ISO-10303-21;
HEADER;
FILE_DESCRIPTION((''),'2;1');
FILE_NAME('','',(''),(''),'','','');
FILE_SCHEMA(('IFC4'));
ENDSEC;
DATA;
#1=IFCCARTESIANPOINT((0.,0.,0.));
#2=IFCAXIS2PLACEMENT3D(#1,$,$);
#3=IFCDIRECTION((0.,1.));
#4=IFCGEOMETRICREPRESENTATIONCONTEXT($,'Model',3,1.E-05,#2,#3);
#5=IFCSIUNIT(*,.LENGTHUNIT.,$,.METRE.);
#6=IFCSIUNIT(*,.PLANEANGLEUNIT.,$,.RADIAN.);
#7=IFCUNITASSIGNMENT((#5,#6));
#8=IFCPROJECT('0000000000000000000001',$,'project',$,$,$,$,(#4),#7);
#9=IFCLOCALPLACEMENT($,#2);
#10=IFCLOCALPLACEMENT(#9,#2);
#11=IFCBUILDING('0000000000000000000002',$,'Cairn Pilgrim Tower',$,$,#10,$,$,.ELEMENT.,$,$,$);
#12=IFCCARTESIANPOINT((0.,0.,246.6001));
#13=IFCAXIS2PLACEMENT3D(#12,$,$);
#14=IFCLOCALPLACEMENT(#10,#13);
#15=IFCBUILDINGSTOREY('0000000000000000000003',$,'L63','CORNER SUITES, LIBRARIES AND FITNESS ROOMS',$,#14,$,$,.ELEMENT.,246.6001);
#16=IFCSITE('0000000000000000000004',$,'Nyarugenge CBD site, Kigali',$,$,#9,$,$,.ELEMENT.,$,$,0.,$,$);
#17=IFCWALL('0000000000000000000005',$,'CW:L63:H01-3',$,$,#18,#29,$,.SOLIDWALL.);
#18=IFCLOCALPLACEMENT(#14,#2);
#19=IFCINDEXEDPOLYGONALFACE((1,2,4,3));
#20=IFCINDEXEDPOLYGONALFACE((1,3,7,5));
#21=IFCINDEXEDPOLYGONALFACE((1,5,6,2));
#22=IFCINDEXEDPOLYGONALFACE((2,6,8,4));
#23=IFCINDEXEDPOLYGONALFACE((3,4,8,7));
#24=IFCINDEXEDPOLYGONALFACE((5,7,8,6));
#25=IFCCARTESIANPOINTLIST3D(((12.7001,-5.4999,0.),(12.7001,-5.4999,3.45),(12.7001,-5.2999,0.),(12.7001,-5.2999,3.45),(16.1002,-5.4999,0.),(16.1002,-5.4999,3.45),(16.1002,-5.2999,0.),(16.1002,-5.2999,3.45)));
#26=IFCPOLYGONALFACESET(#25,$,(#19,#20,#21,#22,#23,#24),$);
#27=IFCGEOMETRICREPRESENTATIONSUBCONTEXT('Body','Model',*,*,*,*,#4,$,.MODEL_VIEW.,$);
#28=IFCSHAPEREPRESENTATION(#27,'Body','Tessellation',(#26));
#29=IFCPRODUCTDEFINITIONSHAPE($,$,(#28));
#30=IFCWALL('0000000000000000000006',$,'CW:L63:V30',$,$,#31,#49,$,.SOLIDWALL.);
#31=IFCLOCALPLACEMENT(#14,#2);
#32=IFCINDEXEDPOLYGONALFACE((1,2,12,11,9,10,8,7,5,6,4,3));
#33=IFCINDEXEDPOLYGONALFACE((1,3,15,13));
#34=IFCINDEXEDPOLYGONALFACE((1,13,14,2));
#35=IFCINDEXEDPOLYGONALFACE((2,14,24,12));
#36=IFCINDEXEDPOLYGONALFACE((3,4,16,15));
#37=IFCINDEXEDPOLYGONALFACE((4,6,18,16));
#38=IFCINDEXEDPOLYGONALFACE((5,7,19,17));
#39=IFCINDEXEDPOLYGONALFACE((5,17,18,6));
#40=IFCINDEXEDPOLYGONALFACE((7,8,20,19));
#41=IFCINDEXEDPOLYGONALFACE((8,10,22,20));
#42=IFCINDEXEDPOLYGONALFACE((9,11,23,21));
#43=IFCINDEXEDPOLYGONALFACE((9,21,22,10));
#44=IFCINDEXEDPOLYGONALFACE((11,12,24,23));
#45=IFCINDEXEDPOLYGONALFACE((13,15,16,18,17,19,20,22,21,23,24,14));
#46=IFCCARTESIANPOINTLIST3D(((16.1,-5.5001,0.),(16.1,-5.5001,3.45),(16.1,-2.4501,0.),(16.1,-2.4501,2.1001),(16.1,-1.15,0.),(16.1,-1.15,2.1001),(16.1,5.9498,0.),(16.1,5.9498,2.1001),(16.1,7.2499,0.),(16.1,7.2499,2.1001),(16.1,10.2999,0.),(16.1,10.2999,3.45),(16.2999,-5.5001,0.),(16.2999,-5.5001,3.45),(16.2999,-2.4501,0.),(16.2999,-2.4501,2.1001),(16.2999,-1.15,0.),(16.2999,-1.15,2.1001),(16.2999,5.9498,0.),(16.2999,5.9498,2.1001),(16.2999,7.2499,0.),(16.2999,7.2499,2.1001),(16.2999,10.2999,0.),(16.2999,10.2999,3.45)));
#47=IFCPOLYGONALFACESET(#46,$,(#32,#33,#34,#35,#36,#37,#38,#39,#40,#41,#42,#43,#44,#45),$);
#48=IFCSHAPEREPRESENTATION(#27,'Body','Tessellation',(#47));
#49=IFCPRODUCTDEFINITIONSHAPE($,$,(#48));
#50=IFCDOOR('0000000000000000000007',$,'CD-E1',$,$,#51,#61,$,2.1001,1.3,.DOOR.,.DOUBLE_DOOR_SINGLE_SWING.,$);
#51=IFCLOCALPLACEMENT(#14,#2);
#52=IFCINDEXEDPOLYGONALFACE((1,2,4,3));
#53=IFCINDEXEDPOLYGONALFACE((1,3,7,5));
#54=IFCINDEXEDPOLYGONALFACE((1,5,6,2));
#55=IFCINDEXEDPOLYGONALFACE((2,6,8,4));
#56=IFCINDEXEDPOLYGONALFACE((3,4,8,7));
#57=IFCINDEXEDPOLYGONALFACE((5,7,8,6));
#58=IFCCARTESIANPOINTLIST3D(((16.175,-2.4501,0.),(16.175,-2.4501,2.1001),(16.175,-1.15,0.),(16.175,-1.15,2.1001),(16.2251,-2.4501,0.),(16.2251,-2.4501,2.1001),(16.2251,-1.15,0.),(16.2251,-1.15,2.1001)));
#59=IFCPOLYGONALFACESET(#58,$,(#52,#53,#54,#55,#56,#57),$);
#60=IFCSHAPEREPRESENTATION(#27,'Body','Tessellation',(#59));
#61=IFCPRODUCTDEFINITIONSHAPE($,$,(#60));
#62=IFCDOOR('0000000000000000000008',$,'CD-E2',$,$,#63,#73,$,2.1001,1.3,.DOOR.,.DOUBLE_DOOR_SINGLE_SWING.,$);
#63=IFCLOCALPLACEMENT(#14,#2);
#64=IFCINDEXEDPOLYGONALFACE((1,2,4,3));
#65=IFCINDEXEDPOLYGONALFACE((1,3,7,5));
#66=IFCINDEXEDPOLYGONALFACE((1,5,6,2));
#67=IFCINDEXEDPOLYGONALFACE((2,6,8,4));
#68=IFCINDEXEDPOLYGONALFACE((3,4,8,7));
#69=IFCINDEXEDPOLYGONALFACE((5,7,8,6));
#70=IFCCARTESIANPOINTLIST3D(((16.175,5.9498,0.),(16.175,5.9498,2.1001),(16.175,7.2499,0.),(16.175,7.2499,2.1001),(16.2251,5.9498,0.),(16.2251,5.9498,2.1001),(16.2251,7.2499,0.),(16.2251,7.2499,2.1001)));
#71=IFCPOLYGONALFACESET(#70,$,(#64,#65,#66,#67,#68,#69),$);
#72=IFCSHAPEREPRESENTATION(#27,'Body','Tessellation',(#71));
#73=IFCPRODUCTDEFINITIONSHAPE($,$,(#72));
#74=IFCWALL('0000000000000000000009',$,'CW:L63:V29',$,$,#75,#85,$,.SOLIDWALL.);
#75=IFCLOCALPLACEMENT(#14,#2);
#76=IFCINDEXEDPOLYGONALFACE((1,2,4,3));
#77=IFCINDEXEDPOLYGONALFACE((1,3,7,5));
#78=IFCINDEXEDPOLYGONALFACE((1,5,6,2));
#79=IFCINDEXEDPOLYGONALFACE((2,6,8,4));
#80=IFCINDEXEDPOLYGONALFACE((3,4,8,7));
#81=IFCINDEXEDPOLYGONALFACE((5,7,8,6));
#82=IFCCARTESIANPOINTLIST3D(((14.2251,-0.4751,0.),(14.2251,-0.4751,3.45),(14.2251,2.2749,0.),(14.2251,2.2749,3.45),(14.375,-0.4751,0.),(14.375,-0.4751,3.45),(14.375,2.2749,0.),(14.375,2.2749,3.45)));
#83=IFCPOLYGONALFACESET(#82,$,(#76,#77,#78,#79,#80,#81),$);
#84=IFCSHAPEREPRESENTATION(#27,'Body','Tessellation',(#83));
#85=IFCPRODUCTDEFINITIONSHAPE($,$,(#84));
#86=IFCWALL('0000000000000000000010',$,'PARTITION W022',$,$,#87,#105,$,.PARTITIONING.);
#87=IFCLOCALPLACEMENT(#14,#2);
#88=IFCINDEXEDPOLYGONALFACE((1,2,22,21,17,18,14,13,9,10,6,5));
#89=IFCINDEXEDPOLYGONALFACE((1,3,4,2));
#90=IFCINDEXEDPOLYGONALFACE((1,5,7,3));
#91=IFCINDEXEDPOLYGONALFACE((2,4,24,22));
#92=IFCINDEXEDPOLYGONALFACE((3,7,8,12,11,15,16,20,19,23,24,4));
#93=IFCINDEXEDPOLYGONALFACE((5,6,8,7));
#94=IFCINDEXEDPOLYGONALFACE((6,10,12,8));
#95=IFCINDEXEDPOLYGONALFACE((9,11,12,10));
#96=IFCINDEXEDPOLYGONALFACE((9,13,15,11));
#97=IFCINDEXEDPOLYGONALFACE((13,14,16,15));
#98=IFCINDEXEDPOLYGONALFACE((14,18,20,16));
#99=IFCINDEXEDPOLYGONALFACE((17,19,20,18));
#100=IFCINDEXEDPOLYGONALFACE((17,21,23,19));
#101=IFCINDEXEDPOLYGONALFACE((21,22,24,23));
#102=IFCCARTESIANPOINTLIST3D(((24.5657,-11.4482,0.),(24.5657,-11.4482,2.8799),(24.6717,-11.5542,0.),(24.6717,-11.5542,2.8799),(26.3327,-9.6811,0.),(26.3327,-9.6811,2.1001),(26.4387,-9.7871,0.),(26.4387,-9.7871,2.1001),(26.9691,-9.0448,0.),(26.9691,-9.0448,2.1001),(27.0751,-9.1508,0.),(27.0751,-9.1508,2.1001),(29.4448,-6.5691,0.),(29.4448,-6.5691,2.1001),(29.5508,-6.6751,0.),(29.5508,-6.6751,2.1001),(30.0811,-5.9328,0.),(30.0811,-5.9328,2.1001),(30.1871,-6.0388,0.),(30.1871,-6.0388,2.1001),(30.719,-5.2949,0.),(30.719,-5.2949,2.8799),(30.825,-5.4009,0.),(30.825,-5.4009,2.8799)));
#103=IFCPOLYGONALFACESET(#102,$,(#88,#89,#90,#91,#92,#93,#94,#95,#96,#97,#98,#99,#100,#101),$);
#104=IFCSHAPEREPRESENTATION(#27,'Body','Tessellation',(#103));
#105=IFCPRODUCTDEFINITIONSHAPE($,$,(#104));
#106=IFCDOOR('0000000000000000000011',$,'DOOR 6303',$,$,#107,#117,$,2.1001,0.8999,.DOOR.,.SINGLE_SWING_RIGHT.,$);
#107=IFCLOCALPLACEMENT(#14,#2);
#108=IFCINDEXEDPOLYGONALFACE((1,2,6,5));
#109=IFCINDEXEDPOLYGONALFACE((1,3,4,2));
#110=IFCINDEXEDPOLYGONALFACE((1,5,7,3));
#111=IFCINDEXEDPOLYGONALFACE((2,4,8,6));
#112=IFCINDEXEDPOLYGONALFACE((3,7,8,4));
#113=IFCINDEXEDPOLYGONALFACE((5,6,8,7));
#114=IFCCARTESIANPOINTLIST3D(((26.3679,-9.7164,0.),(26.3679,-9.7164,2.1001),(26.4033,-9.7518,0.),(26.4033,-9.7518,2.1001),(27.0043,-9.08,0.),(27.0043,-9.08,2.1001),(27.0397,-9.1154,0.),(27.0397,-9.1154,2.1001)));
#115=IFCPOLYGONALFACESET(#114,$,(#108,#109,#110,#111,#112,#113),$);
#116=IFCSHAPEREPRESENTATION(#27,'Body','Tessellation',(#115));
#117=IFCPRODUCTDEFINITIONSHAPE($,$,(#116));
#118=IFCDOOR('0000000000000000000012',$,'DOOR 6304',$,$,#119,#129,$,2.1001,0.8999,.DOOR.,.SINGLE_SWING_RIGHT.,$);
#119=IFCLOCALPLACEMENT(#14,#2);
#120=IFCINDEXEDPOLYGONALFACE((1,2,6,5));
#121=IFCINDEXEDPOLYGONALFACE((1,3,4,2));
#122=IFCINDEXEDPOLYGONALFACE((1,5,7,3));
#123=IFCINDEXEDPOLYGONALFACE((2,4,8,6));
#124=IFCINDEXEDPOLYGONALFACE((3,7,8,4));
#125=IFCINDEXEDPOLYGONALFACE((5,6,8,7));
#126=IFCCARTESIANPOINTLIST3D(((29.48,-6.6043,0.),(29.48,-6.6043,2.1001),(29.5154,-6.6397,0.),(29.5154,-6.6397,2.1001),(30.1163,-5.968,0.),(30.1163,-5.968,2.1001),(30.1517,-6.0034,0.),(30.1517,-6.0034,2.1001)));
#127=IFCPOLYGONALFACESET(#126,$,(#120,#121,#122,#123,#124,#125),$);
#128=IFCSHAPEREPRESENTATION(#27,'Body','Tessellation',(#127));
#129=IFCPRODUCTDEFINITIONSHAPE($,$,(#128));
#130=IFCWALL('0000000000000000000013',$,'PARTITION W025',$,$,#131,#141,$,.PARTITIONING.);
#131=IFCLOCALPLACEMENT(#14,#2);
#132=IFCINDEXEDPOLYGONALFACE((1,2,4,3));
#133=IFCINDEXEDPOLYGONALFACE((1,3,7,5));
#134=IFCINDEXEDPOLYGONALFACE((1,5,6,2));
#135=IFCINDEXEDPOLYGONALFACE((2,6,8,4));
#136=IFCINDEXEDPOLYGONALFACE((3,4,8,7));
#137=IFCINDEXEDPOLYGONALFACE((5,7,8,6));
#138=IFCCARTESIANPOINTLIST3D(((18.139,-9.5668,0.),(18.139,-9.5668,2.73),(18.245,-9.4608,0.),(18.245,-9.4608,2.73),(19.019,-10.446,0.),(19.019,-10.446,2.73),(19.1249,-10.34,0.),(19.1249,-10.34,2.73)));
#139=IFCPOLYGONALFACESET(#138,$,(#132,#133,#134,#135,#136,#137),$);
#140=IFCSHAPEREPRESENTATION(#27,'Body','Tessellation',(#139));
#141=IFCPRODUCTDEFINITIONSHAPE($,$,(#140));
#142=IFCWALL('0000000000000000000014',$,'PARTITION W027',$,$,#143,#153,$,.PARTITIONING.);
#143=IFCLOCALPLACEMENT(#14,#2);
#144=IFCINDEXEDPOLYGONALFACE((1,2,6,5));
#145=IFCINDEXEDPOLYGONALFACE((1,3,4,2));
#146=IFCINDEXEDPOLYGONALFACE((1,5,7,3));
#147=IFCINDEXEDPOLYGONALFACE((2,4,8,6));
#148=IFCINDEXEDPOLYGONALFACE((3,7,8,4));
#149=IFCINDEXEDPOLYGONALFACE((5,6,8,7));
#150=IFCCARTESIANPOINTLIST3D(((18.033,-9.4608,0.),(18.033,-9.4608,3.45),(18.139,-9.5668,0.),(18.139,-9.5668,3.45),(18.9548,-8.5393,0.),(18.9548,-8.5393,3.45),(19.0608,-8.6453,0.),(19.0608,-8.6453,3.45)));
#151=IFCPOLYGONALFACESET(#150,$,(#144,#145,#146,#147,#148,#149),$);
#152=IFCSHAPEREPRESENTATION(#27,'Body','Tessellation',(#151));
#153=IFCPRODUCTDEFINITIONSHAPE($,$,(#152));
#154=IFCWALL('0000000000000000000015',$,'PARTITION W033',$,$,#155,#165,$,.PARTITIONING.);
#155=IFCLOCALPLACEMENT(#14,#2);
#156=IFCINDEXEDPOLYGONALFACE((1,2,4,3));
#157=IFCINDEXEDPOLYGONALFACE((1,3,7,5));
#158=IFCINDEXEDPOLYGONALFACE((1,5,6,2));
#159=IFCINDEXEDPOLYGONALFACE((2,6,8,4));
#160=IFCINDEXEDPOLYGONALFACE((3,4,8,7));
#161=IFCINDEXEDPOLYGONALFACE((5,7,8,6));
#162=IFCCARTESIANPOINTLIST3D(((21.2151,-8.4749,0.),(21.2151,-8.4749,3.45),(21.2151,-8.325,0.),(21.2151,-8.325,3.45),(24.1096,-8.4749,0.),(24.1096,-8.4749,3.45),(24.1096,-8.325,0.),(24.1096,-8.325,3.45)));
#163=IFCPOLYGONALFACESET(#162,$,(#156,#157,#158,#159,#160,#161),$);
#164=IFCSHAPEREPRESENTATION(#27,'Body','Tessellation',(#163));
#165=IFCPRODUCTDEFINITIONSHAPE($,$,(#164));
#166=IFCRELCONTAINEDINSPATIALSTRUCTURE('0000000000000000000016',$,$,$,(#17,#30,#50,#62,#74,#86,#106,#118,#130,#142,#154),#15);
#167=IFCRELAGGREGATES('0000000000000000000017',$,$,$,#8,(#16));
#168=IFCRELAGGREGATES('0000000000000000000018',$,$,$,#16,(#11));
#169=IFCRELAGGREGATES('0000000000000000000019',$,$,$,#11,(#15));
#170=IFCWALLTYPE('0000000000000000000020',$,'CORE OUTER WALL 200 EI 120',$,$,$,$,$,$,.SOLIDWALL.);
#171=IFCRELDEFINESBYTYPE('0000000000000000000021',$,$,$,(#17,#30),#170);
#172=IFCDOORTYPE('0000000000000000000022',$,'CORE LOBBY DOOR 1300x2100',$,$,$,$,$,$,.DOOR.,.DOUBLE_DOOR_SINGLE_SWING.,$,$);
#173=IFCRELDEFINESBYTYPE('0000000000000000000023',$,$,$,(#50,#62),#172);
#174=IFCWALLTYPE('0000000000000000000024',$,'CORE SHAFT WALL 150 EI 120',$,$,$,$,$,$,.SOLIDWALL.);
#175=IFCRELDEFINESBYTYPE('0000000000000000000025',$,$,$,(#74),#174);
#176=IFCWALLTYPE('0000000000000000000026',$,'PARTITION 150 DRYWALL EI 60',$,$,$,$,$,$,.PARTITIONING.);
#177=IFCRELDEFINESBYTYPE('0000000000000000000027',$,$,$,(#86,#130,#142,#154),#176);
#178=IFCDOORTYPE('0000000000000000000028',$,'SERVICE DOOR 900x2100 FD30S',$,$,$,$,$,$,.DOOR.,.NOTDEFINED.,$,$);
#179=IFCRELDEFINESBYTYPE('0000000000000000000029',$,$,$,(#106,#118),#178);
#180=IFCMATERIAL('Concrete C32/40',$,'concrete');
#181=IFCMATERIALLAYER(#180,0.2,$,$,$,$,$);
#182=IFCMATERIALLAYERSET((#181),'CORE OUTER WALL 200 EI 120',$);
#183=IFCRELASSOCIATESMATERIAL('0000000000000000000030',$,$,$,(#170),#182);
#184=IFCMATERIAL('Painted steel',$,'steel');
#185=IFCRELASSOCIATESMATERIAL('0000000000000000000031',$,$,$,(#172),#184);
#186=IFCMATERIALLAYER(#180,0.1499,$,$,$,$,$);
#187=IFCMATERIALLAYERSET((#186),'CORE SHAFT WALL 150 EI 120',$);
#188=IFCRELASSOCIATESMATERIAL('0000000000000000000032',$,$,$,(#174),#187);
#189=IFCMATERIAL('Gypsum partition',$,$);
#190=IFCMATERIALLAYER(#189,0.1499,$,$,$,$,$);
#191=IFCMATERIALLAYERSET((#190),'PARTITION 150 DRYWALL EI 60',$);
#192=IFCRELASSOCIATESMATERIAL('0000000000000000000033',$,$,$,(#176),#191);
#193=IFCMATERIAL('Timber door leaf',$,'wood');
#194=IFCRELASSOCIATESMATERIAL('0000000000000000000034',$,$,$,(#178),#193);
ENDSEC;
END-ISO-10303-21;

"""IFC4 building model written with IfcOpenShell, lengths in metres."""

from ifc_helpers import new_model, si_unit, direction, frame, frame_2d, origin, place, context, subcontext, project, spatial, rectangle, extrude, material, layer, layer_set, type_object, element, fill, save


model = new_model("IFC4")

# Units and contexts
model_context = context("Model", 3, precision=1e-05, world=origin(), true_north=direction((0.0, 1.0)))
body_context = subcontext(model_context, "Body", "Model", "MODEL_VIEW")
ifc_project = project(units=[si_unit("LENGTHUNIT", "METRE"), si_unit("PLANEANGLEUNIT", "RADIAN")], contexts=[model_context])

# Site, building, storey
site_placement = place(None, origin())
site = spatial("IfcSite", under=ifc_project, at=site_placement, Name="Nyarugenge CBD site, Kigali", CompositionType="ELEMENT", RefElevation=0.0)
building_placement = place(site_placement, origin())
building = spatial("IfcBuilding", under=site, at=building_placement, Name="Cairn Pilgrim Tower", CompositionType="ELEMENT")
storey_placement = place(building_placement, frame((0.0, 0.0, 246.6001)))
storey = spatial("IfcBuildingStorey", under=building, at=storey_placement, Name="L63", Description="CORNER SUITES, LIBRARIES AND FITNESS ROOMS", CompositionType="ELEMENT", Elevation=246.6001)

# Wall
ifc_material_1 = material(Name="Concrete C32/40", Category="concrete")
ifc_layer_1 = layer(ifc_material_1, 0.2)
ifc_layer_set_1 = layer_set([ifc_layer_1], Name="CORE OUTER WALL 200 EI 120")
wall_type_1 = type_object("IfcWallType", Name="CORE OUTER WALL 200 EI 120", PredefinedType="SOLIDWALL", material=ifc_layer_set_1)
wall_1_placement = place(storey_placement, frame((12.7, -5.3999, 0.0), z_axis=(0.0, 0.0, 1.0), x_axis=(1.0, 0.0, 0.0)))
element("IfcWall", 1, at=wall_1_placement, inside=storey, type_object=wall_type_1, Name="CW:L63:H01-3", PredefinedType="SOLIDWALL", context=body_context, shape_type="SweptSolid", body=[
    extrude(rectangle(XDim=3.4001, YDim=0.2, at=frame_2d((1.7002, 0.0))), origin(), (0.0, 0.0, 1.0), 3.45),
])

# Wall, openings, doors
wall_2_placement = place(storey_placement, frame((16.2, -5.5, 0.0), z_axis=(0.0, 0.0, 1.0), x_axis=(0.0, 1.0, 0.0)))
wall_2 = element("IfcWall", 2, at=wall_2_placement, inside=storey, type_object=wall_type_1, Name="CW:L63:V30", PredefinedType="SOLIDWALL", context=body_context, shape_type="SweptSolid", body=[
    extrude(rectangle(XDim=15.8, YDim=0.2, at=frame_2d((7.8999, 0.0))), origin(), (0.0, 0.0, 1.0), 3.45),
])
opening_1_placement = place(wall_2_placement, frame((3.05, 0.0, 0.0)))
opening_1 = element("IfcOpeningElement", 3, at=opening_1_placement, cuts=wall_2, PredefinedType="OPENING", context=body_context, shape_type="SweptSolid", body=[
    extrude(rectangle(XDim=1.3, YDim=2.1001, at=frame_2d((0.6499, 1.05))), frame((0.0, 0.1099, 0.0), z_axis=(0.0, -1.0, 0.0), x_axis=(1.0, 0.0, 0.0)), (0.0, 0.0, 1.0), 0.22),
])
opening_2_placement = place(wall_2_placement, frame((11.45, 0.0, 0.0)))
opening_2 = element("IfcOpeningElement", 4, at=opening_2_placement, cuts=wall_2, PredefinedType="OPENING", context=body_context, shape_type="SweptSolid", body=[
    extrude(rectangle(XDim=1.3, YDim=2.1001, at=frame_2d((0.6499, 1.05))), frame((0.0, 0.1099, 0.0), z_axis=(0.0, -1.0, 0.0), x_axis=(1.0, 0.0, 0.0)), (0.0, 0.0, 1.0), 0.22),
])
ifc_material_2 = material(Name="Painted steel", Category="steel")
door_type_1 = type_object("IfcDoorType", Name="CORE LOBBY DOOR 1300x2100", OperationType="DOUBLE_DOOR_SINGLE_SWING", PredefinedType="DOOR", material=ifc_material_2)
door_1_placement = place(opening_1_placement, origin())
door_1 = element("IfcDoor", 5, at=door_1_placement, inside=storey, type_object=door_type_1, Name="CD-E1", OperationType="DOUBLE_DOOR_SINGLE_SWING", OverallHeight=2.1001, OverallWidth=1.3, PredefinedType="DOOR", context=body_context, shape_type="SweptSolid", body=[
    extrude(rectangle(XDim=1.3, YDim=2.1001, at=frame_2d((0.6499, 1.05))), frame((0.0, 0.0249, 0.0), z_axis=(0.0, -1.0, 0.0), x_axis=(1.0, 0.0, 0.0)), (0.0, 0.0, 1.0), 0.05),
])
fill(opening_1, door_1)
door_2_placement = place(opening_2_placement, origin())
door_2 = element("IfcDoor", 6, at=door_2_placement, inside=storey, type_object=door_type_1, Name="CD-E2", OperationType="DOUBLE_DOOR_SINGLE_SWING", OverallHeight=2.1001, OverallWidth=1.3, PredefinedType="DOOR", context=body_context, shape_type="SweptSolid", body=[
    extrude(rectangle(XDim=1.3, YDim=2.1001, at=frame_2d((0.6499, 1.05))), frame((0.0, 0.0249, 0.0), z_axis=(0.0, -1.0, 0.0), x_axis=(1.0, 0.0, 0.0)), (0.0, 0.0, 1.0), 0.05),
])
fill(opening_2, door_2)

# Wall
ifc_layer_2 = layer(ifc_material_1, 0.1499)
ifc_layer_set_2 = layer_set([ifc_layer_2], Name="CORE SHAFT WALL 150 EI 120")
wall_type_2 = type_object("IfcWallType", Name="CORE SHAFT WALL 150 EI 120", PredefinedType="SOLIDWALL", material=ifc_layer_set_2)
wall_3_placement = place(storey_placement, frame((14.3, -0.4751, 0.0), z_axis=(0.0, 0.0, 1.0), x_axis=(0.0, 1.0, 0.0)))
element("IfcWall", 7, at=wall_3_placement, inside=storey, type_object=wall_type_2, Name="CW:L63:V29", PredefinedType="SOLIDWALL", context=body_context, shape_type="SweptSolid", body=[
    extrude(rectangle(XDim=2.75, YDim=0.1499, at=frame_2d((1.375, 0.0))), origin(), (0.0, 0.0, 1.0), 3.45),
])

# Wall, openings, doors
ifc_material_3 = material(Name="Gypsum partition")
ifc_layer_3 = layer(ifc_material_3, 0.1499)
ifc_layer_set_3 = layer_set([ifc_layer_3], Name="PARTITION 150 DRYWALL EI 60")
wall_type_3 = type_object("IfcWallType", Name="PARTITION 150 DRYWALL EI 60", PredefinedType="PARTITIONING", material=ifc_layer_set_3)
wall_4_placement = place(storey_placement, frame((24.6187, -11.5012, 0.0), z_axis=(0.0, 0.0, 1.0), x_axis=(0.707107, 0.707107, 0.0)))
wall_4 = element("IfcWall", 8, at=wall_4_placement, inside=storey, type_object=wall_type_3, Name="PARTITION W022", PredefinedType="PARTITIONING", context=body_context, shape_type="SweptSolid", body=[
    extrude(rectangle(XDim=8.7021, YDim=0.1499, at=frame_2d((4.3511, 0.0))), origin(), (0.0, 0.0, 1.0), 2.8799),
])
opening_3_placement = place(wall_4_placement, frame((2.499, 0.0, 0.0)))
opening_3 = element("IfcOpeningElement", 9, at=opening_3_placement, cuts=wall_4, PredefinedType="OPENING", context=body_context, shape_type="SweptSolid", body=[
    extrude(rectangle(XDim=0.8999, YDim=2.1001, at=frame_2d((0.45, 1.05))), frame((0.0, 0.085, 0.0), z_axis=(0.0, -1.0, 0.0), x_axis=(1.0, 0.0, 0.0)), (0.0, 0.0, 1.0), 0.1699),
])
opening_4_placement = place(wall_4_placement, frame((6.9001, 0.0, 0.0)))
opening_4 = element("IfcOpeningElement", 10, at=opening_4_placement, cuts=wall_4, PredefinedType="OPENING", context=body_context, shape_type="SweptSolid", body=[
    extrude(rectangle(XDim=0.8999, YDim=2.1001, at=frame_2d((0.45, 1.05))), frame((0.0, 0.085, 0.0), z_axis=(0.0, -1.0, 0.0), x_axis=(1.0, 0.0, 0.0)), (0.0, 0.0, 1.0), 0.1699),
])
ifc_material_4 = material(Name="Timber door leaf", Category="wood")
door_type_2 = type_object("IfcDoorType", Name="SERVICE DOOR 900x2100 FD30S", OperationType="NOTDEFINED", PredefinedType="DOOR", material=ifc_material_4)
door_3_placement = place(opening_3_placement, frame((0.8999, 0.0, 0.0), z_axis=(0.0, 0.0, 1.0), x_axis=(-1.0, 0.0, 0.0)))
door_3 = element("IfcDoor", 11, at=door_3_placement, inside=storey, type_object=door_type_2, Name="DOOR 6303", OperationType="SINGLE_SWING_RIGHT", OverallHeight=2.1001, OverallWidth=0.8999, PredefinedType="DOOR", context=body_context, shape_type="SweptSolid", body=[
    extrude(rectangle(XDim=0.8999, YDim=2.1001, at=frame_2d((0.45, 1.05))), frame((0.0, 0.0249, 0.0), z_axis=(0.0, -1.0, 0.0), x_axis=(1.0, 0.0, 0.0)), (0.0, 0.0, 1.0), 0.05),
])
fill(opening_3, door_3)
door_4_placement = place(opening_4_placement, frame((0.8999, 0.0, 0.0), z_axis=(0.0, 0.0, 1.0), x_axis=(-1.0, 0.0, 0.0)))
door_4 = element("IfcDoor", 12, at=door_4_placement, inside=storey, type_object=door_type_2, Name="DOOR 6304", OperationType="SINGLE_SWING_RIGHT", OverallHeight=2.1001, OverallWidth=0.8999, PredefinedType="DOOR", context=body_context, shape_type="SweptSolid", body=[
    extrude(rectangle(XDim=0.8999, YDim=2.1001, at=frame_2d((0.45, 1.05))), frame((0.0, 0.0249, 0.0), z_axis=(0.0, -1.0, 0.0), x_axis=(1.0, 0.0, 0.0)), (0.0, 0.0, 1.0), 0.05),
])
fill(opening_4, door_4)

# Walls
wall_5_placement = place(storey_placement, frame((19.072, -10.3931, 0.0), z_axis=(0.0, 0.0, 1.0), x_axis=(-0.707401, 0.706812, 0.0)))
element("IfcWall", 13, at=wall_5_placement, inside=storey, type_object=wall_type_3, Name="PARTITION W025", PredefinedType="PARTITIONING", context=body_context, shape_type="SweptSolid", body=[
    extrude(rectangle(XDim=1.2439, YDim=0.1499, at=frame_2d((0.6221, 0.0))), origin(), (0.0, 0.0, 1.0), 2.73),
])
wall_6_placement = place(storey_placement, frame((18.0859, -9.5139, 0.0), z_axis=(0.0, 0.0, 1.0), x_axis=(0.7072, 0.707013, 0.0)))
element("IfcWall", 14, at=wall_6_placement, inside=storey, type_object=wall_type_3, Name="PARTITION W027", PredefinedType="PARTITIONING", context=body_context, shape_type="SweptSolid", body=[
    extrude(rectangle(XDim=1.3035, YDim=0.1499, at=frame_2d((0.6519, 0.0))), origin(), (0.0, 0.0, 1.0), 3.45),
])
wall_7_placement = place(storey_placement, frame((21.2151, -8.3999, 0.0), z_axis=(0.0, 0.0, 1.0), x_axis=(1.0, 0.0, 0.0)))
element("IfcWall", 15, at=wall_7_placement, inside=storey, type_object=wall_type_3, Name="PARTITION W033", PredefinedType="PARTITIONING", context=body_context, shape_type="SweptSolid", body=[
    extrude(rectangle(XDim=2.8945, YDim=0.1499, at=frame_2d((1.4473, 0.0))), origin(), (0.0, 0.0, 1.0), 3.45),
])

save(model, "model.ifc")
